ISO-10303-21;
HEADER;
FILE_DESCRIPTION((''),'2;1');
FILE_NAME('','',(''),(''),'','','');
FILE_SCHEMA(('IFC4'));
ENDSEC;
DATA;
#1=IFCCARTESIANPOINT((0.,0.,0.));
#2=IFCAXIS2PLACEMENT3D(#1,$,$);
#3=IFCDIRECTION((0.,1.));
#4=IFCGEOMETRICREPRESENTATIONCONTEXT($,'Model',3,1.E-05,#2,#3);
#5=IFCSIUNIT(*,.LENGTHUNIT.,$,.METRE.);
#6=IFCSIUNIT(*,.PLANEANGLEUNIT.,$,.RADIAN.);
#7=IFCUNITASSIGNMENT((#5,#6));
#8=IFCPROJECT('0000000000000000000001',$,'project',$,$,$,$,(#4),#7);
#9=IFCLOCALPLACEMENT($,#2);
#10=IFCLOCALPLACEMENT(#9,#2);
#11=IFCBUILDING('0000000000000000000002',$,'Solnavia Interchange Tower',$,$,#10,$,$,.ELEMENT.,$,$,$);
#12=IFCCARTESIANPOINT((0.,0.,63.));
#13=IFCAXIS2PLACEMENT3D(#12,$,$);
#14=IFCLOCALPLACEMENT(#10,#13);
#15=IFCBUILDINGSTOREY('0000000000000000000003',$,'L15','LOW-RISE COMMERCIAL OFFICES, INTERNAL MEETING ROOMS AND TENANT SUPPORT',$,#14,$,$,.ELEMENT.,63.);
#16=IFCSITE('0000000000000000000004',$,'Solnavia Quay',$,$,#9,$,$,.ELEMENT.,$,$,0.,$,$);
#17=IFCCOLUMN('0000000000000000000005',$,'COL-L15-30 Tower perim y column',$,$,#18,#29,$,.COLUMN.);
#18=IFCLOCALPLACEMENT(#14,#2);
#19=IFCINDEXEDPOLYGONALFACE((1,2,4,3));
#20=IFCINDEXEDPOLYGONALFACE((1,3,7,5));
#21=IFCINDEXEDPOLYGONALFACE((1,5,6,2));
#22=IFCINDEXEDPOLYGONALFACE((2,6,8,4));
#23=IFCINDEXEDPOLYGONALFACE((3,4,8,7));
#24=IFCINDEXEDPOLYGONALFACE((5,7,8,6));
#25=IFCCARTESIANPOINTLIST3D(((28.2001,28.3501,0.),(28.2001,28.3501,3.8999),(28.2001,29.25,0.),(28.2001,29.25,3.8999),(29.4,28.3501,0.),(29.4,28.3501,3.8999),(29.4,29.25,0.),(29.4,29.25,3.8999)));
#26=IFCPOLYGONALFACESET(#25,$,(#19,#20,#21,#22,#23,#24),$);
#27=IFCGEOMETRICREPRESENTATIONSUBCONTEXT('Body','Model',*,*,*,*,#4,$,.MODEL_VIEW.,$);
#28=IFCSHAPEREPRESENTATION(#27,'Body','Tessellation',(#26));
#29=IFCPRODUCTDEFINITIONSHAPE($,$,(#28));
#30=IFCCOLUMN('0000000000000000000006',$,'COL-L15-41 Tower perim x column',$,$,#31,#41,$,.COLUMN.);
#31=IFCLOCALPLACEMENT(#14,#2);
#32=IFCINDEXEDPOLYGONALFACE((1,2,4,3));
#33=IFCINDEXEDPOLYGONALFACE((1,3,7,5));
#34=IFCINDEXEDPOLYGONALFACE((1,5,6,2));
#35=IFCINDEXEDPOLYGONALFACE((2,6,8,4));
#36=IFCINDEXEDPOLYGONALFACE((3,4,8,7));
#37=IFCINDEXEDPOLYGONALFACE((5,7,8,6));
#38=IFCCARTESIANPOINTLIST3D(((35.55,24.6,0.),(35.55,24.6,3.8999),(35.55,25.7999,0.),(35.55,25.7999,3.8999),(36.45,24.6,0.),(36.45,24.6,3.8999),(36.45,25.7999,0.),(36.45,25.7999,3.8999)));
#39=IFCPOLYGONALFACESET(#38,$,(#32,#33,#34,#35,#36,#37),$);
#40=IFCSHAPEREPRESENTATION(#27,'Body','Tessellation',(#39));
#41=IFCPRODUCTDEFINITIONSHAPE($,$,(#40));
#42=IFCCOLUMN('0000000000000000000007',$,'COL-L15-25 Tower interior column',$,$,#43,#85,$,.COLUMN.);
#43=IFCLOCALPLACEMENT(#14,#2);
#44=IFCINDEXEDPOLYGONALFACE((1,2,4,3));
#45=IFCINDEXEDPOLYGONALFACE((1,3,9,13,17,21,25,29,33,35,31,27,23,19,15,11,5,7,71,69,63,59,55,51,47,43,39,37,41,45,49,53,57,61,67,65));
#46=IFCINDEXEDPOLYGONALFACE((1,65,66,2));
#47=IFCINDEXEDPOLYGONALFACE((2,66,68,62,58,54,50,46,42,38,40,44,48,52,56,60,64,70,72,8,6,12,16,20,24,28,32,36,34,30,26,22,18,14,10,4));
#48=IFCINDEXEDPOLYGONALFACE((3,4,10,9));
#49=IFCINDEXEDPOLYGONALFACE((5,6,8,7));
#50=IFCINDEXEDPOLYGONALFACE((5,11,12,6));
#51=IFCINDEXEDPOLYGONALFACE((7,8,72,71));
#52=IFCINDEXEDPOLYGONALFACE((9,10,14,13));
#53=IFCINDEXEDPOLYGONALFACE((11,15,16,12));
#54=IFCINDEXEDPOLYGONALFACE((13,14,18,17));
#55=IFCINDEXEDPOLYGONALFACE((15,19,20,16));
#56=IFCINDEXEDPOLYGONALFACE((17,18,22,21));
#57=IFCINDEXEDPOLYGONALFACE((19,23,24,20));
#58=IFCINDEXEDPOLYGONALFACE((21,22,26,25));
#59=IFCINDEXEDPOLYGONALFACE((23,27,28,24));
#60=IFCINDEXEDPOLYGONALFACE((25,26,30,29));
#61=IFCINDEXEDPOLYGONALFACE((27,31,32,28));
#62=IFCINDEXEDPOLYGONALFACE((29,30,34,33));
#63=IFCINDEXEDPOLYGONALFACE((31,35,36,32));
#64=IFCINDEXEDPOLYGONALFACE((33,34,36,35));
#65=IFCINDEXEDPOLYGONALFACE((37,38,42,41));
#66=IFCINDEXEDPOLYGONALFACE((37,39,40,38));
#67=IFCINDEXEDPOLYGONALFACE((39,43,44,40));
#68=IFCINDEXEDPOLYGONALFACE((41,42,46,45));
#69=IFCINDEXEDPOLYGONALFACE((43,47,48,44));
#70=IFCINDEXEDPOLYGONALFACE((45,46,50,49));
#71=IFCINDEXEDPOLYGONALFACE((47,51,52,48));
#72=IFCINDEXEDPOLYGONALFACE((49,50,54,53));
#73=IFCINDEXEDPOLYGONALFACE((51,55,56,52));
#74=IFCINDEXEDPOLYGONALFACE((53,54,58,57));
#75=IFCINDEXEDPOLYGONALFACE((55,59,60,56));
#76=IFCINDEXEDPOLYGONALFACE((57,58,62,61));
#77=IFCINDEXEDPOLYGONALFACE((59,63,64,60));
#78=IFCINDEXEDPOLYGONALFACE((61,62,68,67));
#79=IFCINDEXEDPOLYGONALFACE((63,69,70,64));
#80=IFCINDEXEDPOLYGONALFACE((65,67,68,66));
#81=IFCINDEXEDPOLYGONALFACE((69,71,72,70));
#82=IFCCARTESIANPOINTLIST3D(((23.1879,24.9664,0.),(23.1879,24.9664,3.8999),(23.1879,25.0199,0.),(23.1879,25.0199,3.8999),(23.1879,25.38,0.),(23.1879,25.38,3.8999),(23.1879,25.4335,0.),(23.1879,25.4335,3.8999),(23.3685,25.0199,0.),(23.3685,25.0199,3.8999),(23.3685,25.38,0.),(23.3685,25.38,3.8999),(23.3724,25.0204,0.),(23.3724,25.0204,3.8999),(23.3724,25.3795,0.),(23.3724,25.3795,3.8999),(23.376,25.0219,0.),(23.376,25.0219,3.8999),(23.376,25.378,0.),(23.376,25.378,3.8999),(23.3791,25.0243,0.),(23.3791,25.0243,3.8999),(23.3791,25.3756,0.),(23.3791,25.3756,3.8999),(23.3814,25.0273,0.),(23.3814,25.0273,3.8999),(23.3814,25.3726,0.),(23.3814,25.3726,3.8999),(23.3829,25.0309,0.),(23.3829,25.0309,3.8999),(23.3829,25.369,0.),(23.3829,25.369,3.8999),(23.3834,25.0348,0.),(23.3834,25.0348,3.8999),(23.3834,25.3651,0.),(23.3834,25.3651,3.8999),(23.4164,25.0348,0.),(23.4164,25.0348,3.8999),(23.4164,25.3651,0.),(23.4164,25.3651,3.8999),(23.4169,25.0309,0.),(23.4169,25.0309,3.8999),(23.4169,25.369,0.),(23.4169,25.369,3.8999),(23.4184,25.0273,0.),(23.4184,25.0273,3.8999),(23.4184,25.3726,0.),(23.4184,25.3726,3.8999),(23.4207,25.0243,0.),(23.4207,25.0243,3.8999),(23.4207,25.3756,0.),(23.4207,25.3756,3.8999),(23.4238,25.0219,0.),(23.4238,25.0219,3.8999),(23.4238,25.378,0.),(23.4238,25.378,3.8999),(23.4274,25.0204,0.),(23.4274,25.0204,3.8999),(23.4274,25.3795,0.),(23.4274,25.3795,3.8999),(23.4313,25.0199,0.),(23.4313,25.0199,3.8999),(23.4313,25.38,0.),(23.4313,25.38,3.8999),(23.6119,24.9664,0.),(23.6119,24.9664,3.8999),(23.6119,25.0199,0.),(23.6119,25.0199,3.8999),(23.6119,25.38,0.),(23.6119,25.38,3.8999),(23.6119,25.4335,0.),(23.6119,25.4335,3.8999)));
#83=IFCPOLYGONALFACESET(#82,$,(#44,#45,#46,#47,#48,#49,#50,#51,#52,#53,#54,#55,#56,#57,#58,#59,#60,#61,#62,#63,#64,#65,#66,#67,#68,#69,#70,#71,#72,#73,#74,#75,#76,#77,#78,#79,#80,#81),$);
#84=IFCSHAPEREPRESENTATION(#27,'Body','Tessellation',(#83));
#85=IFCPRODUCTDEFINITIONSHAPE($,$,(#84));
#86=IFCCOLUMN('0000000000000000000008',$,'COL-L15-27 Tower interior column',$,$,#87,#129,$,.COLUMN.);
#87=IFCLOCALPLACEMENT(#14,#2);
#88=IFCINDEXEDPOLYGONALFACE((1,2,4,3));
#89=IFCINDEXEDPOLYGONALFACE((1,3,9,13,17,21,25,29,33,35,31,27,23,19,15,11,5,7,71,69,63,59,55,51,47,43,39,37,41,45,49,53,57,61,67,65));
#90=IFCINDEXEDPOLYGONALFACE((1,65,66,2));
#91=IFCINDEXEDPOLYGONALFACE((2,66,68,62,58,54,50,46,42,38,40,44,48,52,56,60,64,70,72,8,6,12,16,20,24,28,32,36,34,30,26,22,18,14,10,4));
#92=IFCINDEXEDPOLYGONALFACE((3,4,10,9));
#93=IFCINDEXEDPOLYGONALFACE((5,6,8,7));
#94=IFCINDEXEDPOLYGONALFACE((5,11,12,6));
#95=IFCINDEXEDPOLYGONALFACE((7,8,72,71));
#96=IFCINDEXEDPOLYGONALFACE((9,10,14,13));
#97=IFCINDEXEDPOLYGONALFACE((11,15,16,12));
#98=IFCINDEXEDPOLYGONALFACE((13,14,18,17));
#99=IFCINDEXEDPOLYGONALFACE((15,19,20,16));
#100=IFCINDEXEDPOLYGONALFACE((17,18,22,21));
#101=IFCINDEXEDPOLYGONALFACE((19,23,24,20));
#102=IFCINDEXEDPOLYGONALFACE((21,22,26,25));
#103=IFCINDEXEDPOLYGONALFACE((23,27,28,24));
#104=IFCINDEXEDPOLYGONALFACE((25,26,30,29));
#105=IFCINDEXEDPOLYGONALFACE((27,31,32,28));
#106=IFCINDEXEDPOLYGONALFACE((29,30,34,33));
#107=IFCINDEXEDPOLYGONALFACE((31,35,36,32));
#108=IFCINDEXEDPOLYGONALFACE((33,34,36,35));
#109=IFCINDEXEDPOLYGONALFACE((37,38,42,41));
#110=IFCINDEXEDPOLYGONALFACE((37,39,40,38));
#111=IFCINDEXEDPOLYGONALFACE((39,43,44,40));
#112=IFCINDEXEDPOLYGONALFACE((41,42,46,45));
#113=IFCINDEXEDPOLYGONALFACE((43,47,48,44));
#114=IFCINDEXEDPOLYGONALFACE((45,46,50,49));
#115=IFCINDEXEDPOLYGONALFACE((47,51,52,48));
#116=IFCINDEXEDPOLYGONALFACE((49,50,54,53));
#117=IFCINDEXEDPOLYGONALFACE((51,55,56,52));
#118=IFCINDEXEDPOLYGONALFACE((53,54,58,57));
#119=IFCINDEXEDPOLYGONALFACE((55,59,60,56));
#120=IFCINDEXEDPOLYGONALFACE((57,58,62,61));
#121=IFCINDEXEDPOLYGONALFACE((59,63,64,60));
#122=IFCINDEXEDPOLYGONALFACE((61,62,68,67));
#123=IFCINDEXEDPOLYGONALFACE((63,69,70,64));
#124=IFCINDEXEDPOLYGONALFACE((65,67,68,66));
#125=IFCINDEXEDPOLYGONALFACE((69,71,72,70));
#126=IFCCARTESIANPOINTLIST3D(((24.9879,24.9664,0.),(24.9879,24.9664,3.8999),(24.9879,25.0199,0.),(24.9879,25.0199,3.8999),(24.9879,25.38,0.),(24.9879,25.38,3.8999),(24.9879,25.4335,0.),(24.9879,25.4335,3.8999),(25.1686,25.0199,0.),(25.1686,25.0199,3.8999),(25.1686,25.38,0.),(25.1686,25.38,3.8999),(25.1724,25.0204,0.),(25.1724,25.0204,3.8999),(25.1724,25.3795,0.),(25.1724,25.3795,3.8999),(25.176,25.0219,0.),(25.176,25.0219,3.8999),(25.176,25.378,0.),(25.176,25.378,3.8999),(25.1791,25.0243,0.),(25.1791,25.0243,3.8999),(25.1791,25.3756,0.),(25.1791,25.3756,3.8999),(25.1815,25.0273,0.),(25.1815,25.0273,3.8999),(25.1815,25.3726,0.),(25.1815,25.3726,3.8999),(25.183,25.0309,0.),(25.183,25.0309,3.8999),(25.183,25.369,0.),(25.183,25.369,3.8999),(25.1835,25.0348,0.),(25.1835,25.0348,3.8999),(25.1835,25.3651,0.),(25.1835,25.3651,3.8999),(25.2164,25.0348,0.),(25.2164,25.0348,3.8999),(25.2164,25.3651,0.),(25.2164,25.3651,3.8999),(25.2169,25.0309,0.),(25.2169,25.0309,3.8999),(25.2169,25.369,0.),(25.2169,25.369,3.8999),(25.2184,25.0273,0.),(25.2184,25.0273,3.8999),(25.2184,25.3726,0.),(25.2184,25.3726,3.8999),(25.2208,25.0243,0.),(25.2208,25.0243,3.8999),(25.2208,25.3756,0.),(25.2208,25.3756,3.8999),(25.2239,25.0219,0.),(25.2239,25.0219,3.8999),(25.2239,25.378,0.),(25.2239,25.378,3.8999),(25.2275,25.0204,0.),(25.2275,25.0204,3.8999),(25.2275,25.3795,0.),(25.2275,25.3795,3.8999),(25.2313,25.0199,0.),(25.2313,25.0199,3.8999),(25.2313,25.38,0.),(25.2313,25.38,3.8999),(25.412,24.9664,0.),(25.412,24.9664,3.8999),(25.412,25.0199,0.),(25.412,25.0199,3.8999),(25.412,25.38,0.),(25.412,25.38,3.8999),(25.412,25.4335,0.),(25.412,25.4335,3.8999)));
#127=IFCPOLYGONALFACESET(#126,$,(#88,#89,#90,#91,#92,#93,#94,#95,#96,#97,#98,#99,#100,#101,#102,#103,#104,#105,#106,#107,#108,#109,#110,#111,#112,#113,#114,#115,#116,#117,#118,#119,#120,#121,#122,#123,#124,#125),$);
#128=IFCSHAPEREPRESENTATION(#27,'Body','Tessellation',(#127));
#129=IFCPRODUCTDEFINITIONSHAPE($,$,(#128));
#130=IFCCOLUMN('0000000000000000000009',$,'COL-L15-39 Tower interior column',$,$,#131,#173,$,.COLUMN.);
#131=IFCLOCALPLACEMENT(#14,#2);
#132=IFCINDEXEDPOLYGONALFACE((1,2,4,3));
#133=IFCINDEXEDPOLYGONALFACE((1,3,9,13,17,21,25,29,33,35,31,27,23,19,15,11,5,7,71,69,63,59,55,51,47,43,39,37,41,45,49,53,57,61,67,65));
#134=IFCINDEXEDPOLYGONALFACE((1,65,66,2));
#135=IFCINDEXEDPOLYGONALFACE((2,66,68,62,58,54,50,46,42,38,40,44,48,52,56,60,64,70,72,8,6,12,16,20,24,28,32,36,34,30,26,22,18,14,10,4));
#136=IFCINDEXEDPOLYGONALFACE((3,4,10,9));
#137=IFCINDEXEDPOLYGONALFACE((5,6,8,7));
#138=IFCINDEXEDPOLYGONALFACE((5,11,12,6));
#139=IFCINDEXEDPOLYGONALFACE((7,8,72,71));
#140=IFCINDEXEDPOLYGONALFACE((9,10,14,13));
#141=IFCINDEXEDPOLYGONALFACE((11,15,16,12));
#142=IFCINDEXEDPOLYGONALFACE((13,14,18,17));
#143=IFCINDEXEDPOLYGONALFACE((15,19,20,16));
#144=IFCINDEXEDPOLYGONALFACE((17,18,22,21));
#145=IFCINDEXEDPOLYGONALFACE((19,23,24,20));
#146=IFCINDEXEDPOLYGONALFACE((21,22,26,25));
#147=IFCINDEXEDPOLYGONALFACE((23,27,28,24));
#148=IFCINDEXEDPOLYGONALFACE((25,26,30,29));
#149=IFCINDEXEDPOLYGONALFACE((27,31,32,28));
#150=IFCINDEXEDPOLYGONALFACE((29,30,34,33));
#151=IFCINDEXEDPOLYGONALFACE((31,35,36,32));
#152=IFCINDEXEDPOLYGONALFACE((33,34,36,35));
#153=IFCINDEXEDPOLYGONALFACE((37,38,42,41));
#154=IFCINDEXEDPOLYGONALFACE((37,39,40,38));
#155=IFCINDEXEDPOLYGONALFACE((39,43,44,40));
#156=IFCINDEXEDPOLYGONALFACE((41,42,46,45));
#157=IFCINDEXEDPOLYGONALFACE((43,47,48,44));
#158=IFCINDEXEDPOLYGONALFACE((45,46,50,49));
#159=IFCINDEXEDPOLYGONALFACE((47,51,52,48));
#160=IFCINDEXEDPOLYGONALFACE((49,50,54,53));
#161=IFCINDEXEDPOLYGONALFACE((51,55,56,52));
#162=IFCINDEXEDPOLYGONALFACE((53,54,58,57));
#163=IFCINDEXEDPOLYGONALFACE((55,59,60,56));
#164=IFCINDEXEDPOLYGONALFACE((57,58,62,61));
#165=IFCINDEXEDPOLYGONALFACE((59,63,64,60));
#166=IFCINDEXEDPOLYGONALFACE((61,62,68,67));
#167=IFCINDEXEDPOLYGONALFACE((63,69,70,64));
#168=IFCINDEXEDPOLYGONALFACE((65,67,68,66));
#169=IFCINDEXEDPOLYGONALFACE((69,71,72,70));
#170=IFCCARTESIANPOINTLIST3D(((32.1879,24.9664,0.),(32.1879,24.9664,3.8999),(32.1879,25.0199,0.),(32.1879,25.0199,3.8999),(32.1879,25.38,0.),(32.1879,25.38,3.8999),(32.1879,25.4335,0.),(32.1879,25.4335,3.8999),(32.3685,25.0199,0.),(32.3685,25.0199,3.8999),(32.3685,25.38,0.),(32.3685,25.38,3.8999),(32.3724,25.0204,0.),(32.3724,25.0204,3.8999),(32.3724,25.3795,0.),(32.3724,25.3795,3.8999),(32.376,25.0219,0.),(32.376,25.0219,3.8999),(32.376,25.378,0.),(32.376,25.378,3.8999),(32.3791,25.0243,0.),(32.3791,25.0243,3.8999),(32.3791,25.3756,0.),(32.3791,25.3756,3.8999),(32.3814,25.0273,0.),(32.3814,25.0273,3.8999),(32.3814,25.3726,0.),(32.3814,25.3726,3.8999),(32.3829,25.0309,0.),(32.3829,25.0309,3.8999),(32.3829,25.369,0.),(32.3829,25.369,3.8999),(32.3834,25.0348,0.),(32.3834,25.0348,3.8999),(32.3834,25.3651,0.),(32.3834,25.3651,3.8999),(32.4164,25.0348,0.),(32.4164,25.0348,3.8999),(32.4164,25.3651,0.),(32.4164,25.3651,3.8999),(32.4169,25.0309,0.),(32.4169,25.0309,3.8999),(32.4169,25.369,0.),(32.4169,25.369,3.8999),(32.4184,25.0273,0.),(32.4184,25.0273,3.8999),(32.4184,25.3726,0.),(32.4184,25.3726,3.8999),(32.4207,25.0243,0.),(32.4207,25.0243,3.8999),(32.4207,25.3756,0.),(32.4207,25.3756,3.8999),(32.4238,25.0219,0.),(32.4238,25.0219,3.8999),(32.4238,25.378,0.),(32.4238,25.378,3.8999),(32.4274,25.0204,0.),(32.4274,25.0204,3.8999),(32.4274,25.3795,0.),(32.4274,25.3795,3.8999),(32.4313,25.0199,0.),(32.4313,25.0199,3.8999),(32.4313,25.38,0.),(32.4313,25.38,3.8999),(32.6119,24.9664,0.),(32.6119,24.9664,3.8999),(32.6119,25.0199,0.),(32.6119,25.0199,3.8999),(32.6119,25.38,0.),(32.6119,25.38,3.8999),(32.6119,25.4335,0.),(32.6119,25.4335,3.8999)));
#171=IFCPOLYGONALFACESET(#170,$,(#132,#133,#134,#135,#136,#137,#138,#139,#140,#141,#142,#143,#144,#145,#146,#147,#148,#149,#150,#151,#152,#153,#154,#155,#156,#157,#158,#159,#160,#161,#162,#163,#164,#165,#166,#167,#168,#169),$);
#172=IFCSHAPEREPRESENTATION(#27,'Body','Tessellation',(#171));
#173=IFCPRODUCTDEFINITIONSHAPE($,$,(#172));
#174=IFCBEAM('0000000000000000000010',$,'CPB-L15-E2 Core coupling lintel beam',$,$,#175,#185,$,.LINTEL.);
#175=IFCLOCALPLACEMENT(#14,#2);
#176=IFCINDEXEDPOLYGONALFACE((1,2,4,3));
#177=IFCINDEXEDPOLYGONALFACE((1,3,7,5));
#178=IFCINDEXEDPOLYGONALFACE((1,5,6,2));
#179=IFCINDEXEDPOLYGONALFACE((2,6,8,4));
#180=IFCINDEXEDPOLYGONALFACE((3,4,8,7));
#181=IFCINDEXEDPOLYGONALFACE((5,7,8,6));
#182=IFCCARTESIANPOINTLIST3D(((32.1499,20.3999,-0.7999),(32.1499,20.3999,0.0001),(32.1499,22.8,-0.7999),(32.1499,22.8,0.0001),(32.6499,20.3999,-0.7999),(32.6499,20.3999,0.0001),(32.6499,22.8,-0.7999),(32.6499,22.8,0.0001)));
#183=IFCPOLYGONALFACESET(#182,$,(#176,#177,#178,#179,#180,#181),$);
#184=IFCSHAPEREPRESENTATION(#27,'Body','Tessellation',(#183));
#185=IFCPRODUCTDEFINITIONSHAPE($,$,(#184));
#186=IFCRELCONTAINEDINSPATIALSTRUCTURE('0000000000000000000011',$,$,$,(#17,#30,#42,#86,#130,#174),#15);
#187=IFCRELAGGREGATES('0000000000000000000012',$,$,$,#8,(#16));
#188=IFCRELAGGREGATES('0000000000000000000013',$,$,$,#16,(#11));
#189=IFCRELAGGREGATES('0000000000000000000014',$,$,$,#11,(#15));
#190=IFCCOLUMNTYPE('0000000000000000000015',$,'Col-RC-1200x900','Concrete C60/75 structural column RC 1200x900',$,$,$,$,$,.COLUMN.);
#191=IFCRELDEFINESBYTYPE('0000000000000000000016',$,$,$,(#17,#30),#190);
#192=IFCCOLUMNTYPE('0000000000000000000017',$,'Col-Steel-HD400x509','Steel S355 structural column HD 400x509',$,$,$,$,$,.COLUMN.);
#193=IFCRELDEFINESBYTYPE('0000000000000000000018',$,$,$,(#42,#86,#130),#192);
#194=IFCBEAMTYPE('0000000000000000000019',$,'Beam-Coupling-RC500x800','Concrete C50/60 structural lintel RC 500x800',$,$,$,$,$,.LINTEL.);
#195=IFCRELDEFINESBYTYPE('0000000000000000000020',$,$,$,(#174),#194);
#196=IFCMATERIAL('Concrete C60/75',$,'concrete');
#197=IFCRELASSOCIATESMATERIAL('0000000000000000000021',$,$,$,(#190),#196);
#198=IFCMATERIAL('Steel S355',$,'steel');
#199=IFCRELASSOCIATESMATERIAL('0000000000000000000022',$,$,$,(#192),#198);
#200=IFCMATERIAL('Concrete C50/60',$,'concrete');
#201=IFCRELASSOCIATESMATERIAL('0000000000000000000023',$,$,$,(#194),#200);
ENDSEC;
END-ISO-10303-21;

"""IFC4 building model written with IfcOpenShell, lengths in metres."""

from ifc_helpers import new_model, si_unit, direction, frame, origin, origin_2d, place, context, subcontext, project, spatial, rectangle, i_section, extrude, material, material_profile, profile_set, type_object, element, save


model = new_model("IFC4")

# Units and contexts
model_context = context("Model", 3, precision=1e-05, world=origin(), true_north=direction((0.0, 1.0)))
body_context = subcontext(model_context, "Body", "Model", "MODEL_VIEW")
ifc_project = project(units=[si_unit("LENGTHUNIT", "METRE"), si_unit("PLANEANGLEUNIT", "RADIAN")], contexts=[model_context])

# Site, building, storey
site_placement = place(None, origin())
site = spatial("IfcSite", under=ifc_project, at=site_placement, Name="Solnavia Quay", CompositionType="ELEMENT", RefElevation=0.0)
building_placement = place(site_placement, origin())
building = spatial("IfcBuilding", under=site, at=building_placement, Name="Solnavia Interchange Tower", CompositionType="ELEMENT")
storey_placement = place(building_placement, frame((0.0, 0.0, 63.0)))
storey = spatial("IfcBuildingStorey", under=building, at=storey_placement, Name="L15", Description="LOW-RISE COMMERCIAL OFFICES, INTERNAL MEETING ROOMS AND TENANT SUPPORT", CompositionType="ELEMENT", Elevation=63.0)

# Columns
ifc_material_1 = material(Name="Concrete C60/75", Category="concrete")
ifc_material_profile_1 = material_profile(ifc_material_1, rectangle(XDim=0.8999, YDim=1.2, at=origin_2d()), Name="RC 1200x900")
ifc_profile_set_1 = profile_set([ifc_material_profile_1], Name="Concrete C60/75")
column_type_1 = type_object("IfcColumnType", Name="Col-RC-1200x900", Description="Concrete C60/75 structural column RC 1200x900", PredefinedType="COLUMN", material=ifc_profile_set_1)
for number, where, z_axis, x_axis, name in (
    (1, (28.8, 28.8, 0.0), (0.0, 0.0, 1.0), (0.0, 1.0, 0.0), "COL-L15-30 Tower perim y column"),
    (2, (36.0, 25.2, 0.0), (0.0, 0.0, 1.0), (1.0, 0.0, 0.0), "COL-L15-41 Tower perim x column"),
):
    element("IfcColumn", number, at=place(storey_placement, frame(where, z_axis=z_axis, x_axis=x_axis)), inside=storey, type_object=column_type_1, Name=name, PredefinedType="COLUMN", context=body_context, shape_type="SweptSolid", body=[
        extrude(rectangle(XDim=0.8999, YDim=1.2, at=origin_2d()), origin(), (0.0, 0.0, 1.0), 3.8999),
    ])
ifc_material_2 = material(Name="Steel S355", Category="steel")
ifc_material_profile_2 = material_profile(ifc_material_2, i_section(OverallWidth=0.4241, OverallDepth=0.467, WebThickness=0.033, FlangeThickness=0.0535, FilletRadius=0.0149, at=origin_2d()), Name="HD 400x509")
ifc_profile_set_2 = profile_set([ifc_material_profile_2], Name="Steel S355")
column_type_2 = type_object("IfcColumnType", Name="Col-Steel-HD400x509", Description="Steel S355 structural column HD 400x509", PredefinedType="COLUMN", material=ifc_profile_set_2)
for number, where, z_axis, x_axis, name in (
    (3, (23.3999, 25.2, 0.0), (0.0, 0.0, 1.0), (1.0, 0.0, 0.0), "COL-L15-25 Tower interior column"),
    (4, (25.2, 25.2, 0.0), (0.0, 0.0, 1.0), (1.0, 0.0, 0.0), "COL-L15-27 Tower interior column"),
    (5, (32.3999, 25.2, 0.0), (0.0, 0.0, 1.0), (1.0, 0.0, 0.0), "COL-L15-39 Tower interior column"),
):
    element("IfcColumn", number, at=place(storey_placement, frame(where, z_axis=z_axis, x_axis=x_axis)), inside=storey, type_object=column_type_2, Name=name, PredefinedType="COLUMN", context=body_context, shape_type="SweptSolid", body=[
        extrude(i_section(OverallWidth=0.4241, OverallDepth=0.467, WebThickness=0.033, FlangeThickness=0.0535, FilletRadius=0.0149, at=origin_2d()), origin(), (0.0, 0.0, 1.0), 3.8999),
    ])

# Beam
ifc_material_3 = material(Name="Concrete C50/60", Category="concrete")
ifc_material_profile_3 = material_profile(ifc_material_3, rectangle(XDim=0.5, YDim=0.8, at=origin_2d()), Name="RC 500x800")
ifc_profile_set_3 = profile_set([ifc_material_profile_3], Name="Concrete C50/60")
beam_type_1 = type_object("IfcBeamType", Name="Beam-Coupling-RC500x800", Description="Concrete C50/60 structural lintel RC 500x800", PredefinedType="LINTEL", material=ifc_profile_set_3)
beam_1_placement = place(storey_placement, frame((32.3999, 20.3999, -0.3999), z_axis=(0.0, 1.0, 0.0), x_axis=(-1.0, 0.0, 0.0)))
element("IfcBeam", 6, at=beam_1_placement, inside=storey, type_object=beam_type_1, Name="CPB-L15-E2 Core coupling lintel beam", PredefinedType="LINTEL", context=body_context, shape_type="SweptSolid", body=[
    extrude(rectangle(XDim=0.5, YDim=0.8, at=origin_2d()), origin(), (0.0, 0.0, 1.0), 2.4001),
])

save(model, "model.ifc")
